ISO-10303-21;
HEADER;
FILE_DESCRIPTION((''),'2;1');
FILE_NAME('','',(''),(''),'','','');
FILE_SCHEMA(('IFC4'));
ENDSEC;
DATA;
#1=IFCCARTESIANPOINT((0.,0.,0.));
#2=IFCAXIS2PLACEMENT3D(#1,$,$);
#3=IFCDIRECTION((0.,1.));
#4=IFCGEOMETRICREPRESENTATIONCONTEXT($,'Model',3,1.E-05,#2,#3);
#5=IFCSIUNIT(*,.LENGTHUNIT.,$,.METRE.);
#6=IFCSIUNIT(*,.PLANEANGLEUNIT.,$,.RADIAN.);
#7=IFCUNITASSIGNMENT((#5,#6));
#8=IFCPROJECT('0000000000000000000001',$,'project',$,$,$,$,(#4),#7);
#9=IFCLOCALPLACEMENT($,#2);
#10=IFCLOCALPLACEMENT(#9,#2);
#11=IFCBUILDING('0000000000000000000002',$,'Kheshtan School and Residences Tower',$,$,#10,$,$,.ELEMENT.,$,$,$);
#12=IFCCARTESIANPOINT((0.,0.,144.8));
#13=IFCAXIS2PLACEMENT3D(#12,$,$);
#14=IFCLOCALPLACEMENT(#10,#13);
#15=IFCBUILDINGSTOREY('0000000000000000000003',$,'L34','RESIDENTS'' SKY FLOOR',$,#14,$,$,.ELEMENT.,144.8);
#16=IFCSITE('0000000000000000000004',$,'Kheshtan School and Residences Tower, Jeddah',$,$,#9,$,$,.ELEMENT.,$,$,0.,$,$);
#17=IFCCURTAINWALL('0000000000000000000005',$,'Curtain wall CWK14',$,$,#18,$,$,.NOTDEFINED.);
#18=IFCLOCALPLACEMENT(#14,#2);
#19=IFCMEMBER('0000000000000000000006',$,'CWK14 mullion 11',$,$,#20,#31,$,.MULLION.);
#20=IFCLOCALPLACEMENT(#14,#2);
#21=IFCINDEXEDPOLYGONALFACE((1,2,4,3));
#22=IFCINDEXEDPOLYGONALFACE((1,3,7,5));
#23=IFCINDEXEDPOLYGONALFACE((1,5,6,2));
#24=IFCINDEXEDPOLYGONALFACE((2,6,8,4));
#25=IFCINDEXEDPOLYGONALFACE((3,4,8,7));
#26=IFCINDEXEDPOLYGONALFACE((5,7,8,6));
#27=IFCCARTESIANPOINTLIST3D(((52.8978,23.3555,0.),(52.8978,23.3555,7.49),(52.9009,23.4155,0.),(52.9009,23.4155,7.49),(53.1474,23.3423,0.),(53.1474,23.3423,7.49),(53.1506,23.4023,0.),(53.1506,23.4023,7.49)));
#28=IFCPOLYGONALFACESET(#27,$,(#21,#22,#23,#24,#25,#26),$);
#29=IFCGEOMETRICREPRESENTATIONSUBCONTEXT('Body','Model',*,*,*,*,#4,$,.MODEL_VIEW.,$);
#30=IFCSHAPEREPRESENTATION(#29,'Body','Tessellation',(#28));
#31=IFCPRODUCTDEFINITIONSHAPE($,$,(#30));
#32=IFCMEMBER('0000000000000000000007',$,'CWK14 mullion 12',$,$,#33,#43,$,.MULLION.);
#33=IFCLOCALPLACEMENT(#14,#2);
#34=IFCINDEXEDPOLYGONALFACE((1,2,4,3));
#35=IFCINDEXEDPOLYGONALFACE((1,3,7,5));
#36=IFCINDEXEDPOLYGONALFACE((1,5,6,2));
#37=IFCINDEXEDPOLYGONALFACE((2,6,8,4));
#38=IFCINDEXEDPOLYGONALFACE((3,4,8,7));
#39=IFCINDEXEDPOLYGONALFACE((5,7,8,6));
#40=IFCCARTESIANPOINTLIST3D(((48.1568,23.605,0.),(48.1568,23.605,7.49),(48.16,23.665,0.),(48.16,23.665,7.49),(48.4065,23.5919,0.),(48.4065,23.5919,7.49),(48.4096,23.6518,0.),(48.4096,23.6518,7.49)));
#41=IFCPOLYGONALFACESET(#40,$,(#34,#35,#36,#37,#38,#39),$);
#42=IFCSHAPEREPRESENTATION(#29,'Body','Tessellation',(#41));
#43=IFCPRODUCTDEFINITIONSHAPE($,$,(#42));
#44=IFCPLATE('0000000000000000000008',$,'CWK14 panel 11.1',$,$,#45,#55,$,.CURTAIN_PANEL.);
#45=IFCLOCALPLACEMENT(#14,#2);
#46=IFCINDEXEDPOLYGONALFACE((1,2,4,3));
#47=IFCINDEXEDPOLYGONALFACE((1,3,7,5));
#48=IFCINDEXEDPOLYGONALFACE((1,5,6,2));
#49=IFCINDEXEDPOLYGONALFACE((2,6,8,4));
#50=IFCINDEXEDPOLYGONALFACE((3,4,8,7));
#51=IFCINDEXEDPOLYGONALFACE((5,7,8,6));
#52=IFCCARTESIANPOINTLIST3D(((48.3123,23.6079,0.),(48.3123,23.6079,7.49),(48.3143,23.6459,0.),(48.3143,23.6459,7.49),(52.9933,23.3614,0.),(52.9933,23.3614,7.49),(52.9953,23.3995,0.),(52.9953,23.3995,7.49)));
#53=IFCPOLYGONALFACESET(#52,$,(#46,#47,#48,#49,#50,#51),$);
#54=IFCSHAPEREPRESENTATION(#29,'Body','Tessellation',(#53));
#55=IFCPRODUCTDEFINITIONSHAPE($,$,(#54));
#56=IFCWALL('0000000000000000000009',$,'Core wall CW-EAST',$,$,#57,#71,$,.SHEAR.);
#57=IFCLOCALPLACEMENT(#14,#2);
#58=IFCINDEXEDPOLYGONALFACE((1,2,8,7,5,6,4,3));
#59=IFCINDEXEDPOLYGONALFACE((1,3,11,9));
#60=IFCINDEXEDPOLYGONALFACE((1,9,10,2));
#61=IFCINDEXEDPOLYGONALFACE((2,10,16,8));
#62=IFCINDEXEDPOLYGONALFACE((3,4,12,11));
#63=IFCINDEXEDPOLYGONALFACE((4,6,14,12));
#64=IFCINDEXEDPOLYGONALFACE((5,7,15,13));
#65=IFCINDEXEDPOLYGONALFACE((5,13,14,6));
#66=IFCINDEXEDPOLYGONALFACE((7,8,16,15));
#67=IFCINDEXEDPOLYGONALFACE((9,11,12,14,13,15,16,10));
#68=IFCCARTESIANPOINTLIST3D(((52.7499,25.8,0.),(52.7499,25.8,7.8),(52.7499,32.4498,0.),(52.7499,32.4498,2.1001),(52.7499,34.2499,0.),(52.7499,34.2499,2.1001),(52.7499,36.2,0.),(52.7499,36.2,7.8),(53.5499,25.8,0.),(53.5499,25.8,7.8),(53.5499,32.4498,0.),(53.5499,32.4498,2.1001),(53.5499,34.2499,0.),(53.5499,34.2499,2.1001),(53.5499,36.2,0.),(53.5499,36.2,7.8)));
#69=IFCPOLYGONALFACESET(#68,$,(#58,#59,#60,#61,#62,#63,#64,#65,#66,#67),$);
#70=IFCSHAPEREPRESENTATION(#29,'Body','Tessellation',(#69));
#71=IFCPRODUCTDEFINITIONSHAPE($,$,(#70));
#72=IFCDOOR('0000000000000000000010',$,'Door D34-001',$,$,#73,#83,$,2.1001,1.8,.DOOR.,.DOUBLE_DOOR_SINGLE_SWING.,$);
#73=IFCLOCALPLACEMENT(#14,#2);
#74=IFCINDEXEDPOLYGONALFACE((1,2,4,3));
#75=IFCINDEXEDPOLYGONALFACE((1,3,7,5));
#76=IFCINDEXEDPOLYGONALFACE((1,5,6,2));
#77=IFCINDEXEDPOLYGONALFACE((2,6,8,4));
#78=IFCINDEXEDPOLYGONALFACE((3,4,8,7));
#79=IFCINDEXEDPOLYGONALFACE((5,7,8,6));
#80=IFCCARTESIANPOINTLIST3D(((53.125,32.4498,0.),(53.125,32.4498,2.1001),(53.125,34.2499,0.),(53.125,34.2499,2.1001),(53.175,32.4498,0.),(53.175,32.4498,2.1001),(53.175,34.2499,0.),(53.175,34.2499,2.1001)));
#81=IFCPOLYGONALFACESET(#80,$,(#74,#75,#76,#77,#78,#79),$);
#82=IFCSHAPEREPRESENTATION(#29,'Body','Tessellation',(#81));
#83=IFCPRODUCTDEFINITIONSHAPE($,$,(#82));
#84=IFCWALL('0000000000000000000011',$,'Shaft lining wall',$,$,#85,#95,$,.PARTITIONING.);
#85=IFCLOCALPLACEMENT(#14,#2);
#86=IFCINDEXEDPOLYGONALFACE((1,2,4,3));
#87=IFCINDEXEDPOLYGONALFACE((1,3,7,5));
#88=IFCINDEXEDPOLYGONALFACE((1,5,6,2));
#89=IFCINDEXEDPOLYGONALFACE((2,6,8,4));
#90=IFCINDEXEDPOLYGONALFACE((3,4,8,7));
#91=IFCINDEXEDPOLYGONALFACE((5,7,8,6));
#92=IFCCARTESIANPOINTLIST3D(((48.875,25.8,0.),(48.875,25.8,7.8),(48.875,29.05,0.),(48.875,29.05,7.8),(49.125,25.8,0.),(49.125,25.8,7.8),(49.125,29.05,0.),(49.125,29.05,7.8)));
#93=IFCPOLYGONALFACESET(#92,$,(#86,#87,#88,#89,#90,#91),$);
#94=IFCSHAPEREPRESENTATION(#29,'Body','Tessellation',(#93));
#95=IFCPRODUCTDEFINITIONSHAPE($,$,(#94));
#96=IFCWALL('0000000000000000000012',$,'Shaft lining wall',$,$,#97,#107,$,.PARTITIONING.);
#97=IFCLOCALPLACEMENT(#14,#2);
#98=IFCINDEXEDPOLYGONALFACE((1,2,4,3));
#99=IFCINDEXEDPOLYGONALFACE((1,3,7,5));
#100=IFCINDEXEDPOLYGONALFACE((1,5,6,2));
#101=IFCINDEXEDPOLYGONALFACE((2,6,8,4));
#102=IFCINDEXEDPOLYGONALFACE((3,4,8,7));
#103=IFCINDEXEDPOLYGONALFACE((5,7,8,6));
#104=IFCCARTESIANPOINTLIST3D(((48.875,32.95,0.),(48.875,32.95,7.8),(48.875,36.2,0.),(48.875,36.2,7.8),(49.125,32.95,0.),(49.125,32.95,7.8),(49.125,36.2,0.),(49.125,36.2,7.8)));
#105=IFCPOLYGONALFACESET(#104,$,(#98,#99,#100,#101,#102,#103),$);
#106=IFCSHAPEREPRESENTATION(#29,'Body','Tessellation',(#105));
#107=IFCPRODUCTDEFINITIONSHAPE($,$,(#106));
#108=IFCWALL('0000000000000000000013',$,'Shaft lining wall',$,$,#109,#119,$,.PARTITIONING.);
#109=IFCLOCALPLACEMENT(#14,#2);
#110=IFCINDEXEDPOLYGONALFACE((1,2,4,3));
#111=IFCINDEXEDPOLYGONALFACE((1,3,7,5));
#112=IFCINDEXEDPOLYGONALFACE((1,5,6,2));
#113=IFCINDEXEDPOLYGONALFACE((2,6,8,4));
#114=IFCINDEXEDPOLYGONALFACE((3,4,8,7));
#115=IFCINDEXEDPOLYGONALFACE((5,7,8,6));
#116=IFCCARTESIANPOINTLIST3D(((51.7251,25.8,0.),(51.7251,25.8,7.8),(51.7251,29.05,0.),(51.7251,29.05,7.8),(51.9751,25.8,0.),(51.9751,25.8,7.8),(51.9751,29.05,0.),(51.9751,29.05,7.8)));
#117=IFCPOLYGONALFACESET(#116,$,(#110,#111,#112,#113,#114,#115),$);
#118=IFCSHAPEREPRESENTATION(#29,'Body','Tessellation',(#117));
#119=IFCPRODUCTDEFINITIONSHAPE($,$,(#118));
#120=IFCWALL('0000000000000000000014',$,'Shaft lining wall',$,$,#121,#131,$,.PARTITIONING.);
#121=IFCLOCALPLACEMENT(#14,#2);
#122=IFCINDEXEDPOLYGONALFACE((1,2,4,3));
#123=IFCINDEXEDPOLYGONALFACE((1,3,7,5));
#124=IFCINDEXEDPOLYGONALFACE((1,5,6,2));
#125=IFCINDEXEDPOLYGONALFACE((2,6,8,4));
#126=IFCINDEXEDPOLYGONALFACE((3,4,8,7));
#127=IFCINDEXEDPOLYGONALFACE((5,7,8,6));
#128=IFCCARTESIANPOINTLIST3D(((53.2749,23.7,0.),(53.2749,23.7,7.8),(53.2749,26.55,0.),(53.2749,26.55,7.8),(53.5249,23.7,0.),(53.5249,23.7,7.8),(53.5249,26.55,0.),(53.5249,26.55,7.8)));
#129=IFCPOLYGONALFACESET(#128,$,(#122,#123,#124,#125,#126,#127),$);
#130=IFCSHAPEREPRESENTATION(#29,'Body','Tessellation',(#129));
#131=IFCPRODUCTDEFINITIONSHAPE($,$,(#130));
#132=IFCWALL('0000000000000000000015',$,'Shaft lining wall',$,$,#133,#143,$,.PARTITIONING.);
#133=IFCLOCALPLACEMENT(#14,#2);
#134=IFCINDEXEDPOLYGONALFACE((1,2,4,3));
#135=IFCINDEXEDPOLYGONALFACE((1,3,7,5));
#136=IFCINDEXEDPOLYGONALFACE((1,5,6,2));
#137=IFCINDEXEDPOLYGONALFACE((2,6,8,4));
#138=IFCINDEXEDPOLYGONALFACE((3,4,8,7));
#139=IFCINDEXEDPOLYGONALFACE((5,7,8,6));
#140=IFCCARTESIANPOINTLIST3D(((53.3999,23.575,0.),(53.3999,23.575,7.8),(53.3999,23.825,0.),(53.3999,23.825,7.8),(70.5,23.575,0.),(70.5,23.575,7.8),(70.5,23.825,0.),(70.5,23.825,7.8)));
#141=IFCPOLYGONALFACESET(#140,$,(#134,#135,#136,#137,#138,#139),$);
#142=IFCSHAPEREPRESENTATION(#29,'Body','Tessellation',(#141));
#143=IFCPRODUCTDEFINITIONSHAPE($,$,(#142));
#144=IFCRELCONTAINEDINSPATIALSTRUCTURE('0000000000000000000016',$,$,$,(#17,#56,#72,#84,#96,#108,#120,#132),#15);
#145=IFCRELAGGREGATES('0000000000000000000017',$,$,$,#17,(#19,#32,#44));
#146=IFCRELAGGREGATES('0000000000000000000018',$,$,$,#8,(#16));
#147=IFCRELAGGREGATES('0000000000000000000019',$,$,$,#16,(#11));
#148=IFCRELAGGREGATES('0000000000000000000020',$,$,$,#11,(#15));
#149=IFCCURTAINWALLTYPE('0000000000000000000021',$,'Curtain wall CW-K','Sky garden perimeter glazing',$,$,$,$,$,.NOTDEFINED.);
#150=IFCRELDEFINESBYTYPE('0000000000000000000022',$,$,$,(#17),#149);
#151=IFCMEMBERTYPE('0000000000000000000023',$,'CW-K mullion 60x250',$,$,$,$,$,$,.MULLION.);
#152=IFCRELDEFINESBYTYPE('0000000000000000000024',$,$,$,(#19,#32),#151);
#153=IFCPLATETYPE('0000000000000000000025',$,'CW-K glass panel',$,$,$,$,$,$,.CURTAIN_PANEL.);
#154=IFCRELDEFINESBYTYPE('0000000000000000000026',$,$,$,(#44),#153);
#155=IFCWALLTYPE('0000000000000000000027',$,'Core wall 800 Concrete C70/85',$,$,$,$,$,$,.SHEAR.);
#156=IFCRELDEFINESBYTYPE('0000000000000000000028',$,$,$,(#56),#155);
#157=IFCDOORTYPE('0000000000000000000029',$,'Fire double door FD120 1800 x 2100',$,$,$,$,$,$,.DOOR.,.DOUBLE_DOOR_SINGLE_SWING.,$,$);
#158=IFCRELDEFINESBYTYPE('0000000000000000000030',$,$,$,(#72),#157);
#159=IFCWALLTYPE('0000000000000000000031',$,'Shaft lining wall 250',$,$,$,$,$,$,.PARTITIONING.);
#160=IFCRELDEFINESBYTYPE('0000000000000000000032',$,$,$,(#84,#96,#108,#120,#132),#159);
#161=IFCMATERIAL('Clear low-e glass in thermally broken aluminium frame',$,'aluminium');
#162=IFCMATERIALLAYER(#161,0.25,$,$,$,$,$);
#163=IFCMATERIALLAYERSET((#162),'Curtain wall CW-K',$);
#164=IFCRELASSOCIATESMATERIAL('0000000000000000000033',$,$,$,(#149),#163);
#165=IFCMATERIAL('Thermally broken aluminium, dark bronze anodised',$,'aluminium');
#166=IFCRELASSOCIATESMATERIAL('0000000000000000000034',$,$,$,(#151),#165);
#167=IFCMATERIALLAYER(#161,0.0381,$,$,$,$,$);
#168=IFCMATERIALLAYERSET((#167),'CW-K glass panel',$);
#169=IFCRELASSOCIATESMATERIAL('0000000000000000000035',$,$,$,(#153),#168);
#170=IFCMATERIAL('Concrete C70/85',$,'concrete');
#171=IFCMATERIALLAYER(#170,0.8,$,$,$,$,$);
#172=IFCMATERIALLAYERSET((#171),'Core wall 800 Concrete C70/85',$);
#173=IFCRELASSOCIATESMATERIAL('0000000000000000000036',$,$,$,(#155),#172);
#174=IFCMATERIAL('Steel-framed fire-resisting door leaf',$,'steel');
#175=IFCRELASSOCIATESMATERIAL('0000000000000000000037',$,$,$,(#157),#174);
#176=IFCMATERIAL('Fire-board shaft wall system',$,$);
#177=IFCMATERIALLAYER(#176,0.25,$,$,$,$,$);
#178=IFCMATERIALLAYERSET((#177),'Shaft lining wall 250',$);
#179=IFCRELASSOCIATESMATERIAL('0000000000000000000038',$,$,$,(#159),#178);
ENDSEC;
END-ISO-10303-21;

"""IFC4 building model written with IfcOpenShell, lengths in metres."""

from ifc_helpers import new_model, si_unit, direction, frame, frame_2d, origin, origin_2d, place, context, subcontext, project, spatial, rectangle, extrude, source, transform, mapped, material, layer, layer_set, material_profile, profile_set, type_object, element, fill, aggregate, save


model = new_model("IFC4")

# Units and contexts
model_context = context("Model", 3, precision=1e-05, world=origin(), true_north=direction((0.0, 1.0)))
body_context = subcontext(model_context, "Body", "Model", "MODEL_VIEW")
ifc_project = project(units=[si_unit("LENGTHUNIT", "METRE"), si_unit("PLANEANGLEUNIT", "RADIAN")], contexts=[model_context])

# Site, building, storey
site_placement = place(None, origin())
site = spatial("IfcSite", under=ifc_project, at=site_placement, Name="Kheshtan School and Residences Tower, Jeddah", CompositionType="ELEMENT", RefElevation=0.0)
building_placement = place(site_placement, origin())
building = spatial("IfcBuilding", under=site, at=building_placement, Name="Kheshtan School and Residences Tower", CompositionType="ELEMENT")
storey_placement = place(building_placement, frame((0.0, 0.0, 144.8)))
storey = spatial("IfcBuildingStorey", under=building, at=storey_placement, Name="L34", Description="RESIDENTS' SKY FLOOR", CompositionType="ELEMENT", Elevation=144.8)

# Curtain wall, members, plate
ifc_material_1 = material(Name="Clear low-e glass in thermally broken aluminium frame", Category="aluminium")
ifc_layer_1 = layer(ifc_material_1, 0.25)
ifc_layer_set_1 = layer_set([ifc_layer_1], Name="Curtain wall CW-K")
curtain_wall_type = type_object("IfcCurtainWallType", Name="Curtain wall CW-K", Description="Sky garden perimeter glazing", PredefinedType="NOTDEFINED", material=ifc_layer_set_1)
curtain_wall_placement = place(storey_placement, origin())
curtain_wall = element("IfcCurtainWall", 1, at=curtain_wall_placement, inside=storey, type_object=curtain_wall_type, Name="Curtain wall CWK14", PredefinedType="NOTDEFINED")
ifc_material_2 = material(Name="Thermally broken aluminium, dark bronze anodised", Category="aluminium")
ifc_material_profile_1 = material_profile(ifc_material_2, rectangle(XDim=0.0601, YDim=0.25, at=origin_2d()), Name="CW-K mullion 60x250")
ifc_profile_set_1 = profile_set([ifc_material_profile_1], Name="Thermally broken aluminium, dark bronze anodised")
member_type = type_object("IfcMemberType", Name="CW-K mullion 60x250", PredefinedType="MULLION", material=ifc_profile_set_1)
member_1_placement = place(storey_placement, frame((53.0242, 23.3789, 0.0), z_axis=(0.0, 0.0, 1.0), x_axis=(-0.05257, -0.998617, 0.0)))
member_1 = element("IfcMember", 2, at=member_1_placement, type_object=member_type, Name="CWK14 mullion 11", PredefinedType="MULLION", context=body_context, shape_type="SweptSolid", body=[
    extrude(rectangle(XDim=0.0601, YDim=0.25, at=origin_2d()), origin(), (0.0, 0.0, 1.0), 7.49),
])
member_2_placement = place(storey_placement, frame((48.2832, 23.6284, 0.0), z_axis=(0.0, 0.0, 1.0), x_axis=(-0.05257, -0.998617, 0.0)))
member_2 = element("IfcMember", 3, at=member_2_placement, type_object=member_type, Name="CWK14 mullion 12", PredefinedType="MULLION", context=body_context, shape_type="SweptSolid", body=[
    extrude(rectangle(XDim=0.0601, YDim=0.25, at=origin_2d()), origin(), (0.0, 0.0, 1.0), 7.49),
])
ifc_layer_2 = layer(ifc_material_1, 0.0381)
ifc_layer_set_2 = layer_set([ifc_layer_2], Name="CW-K glass panel")
plate_type = type_object("IfcPlateType", Name="CW-K glass panel", PredefinedType="CURTAIN_PANEL", material=ifc_layer_set_2)
plate_placement = place(storey_placement, frame((50.6538, 23.5037, 0.0), z_axis=(0.0, 0.0, 1.0), x_axis=(-0.998617, 0.05257, 0.0)))
plate = element("IfcPlate", 4, at=plate_placement, type_object=plate_type, Name="CWK14 panel 11.1", PredefinedType="CURTAIN_PANEL", context=body_context, shape_type="SweptSolid", body=[
    extrude(rectangle(XDim=4.6875, YDim=0.0381, at=origin_2d()), origin(), (0.0, 0.0, 1.0), 7.49),
])
aggregate(curtain_wall, [member_1, member_2, plate])

# Wall, opening, door
ifc_material_3 = material(Name="Concrete C70/85", Category="concrete")
ifc_layer_3 = layer(ifc_material_3, 0.8)
ifc_layer_set_3 = layer_set([ifc_layer_3], Name="Core wall 800 Concrete C70/85")
wall_type_1 = type_object("IfcWallType", Name="Core wall 800 Concrete C70/85", PredefinedType="SHEAR", material=ifc_layer_set_3)
wall_1_placement = place(storey_placement, frame((53.1499, 25.8, 0.0), z_axis=(0.0, 0.0, 1.0), x_axis=(0.0, 1.0, 0.0)))
wall_1 = element("IfcWall", 5, at=wall_1_placement, inside=storey, type_object=wall_type_1, Name="Core wall CW-EAST", PredefinedType="SHEAR", context=body_context, shape_type="SweptSolid", body=[
    extrude(rectangle(XDim=10.3999, YDim=0.8, at=frame_2d((5.2, 0.0))), origin(), (0.0, 0.0, 1.0), 7.8),
])
opening_placement = place(wall_1_placement, frame((6.6499, 0.0, 0.0)))
opening = element("IfcOpeningElement", 6, at=opening_placement, cuts=wall_1, PredefinedType="OPENING", context=body_context, shape_type="SweptSolid", body=[
    extrude(rectangle(XDim=1.8, YDim=2.1001, at=frame_2d((0.8999, 1.05))), frame((0.0, 0.4102, 0.0), z_axis=(0.0, -1.0, 0.0), x_axis=(1.0, 0.0, 0.0)), (0.0, 0.0, 1.0), 0.8201),
])
ifc_material_4 = material(Name="Steel-framed fire-resisting door leaf", Category="steel")
door_type = type_object("IfcDoorType", Name="Fire double door FD120 1800 x 2100", OperationType="DOUBLE_DOOR_SINGLE_SWING", PredefinedType="DOOR", material=ifc_material_4)
shared_shape = source(origin(), body_context, "Body", "SweptSolid", [
    extrude(rectangle(XDim=1.8, YDim=2.1001, at=frame_2d((0.8999, 1.05))), frame((0.0, 0.0249, 0.0), z_axis=(0.0, -1.0, 0.0), x_axis=(1.0, 0.0, 0.0)), (0.0, 0.0, 1.0), 0.05),
])
door_placement = place(opening_placement, origin())
door = element("IfcDoor", 7, at=door_placement, inside=storey, type_object=door_type, Name="Door D34-001", OperationType="DOUBLE_DOOR_SINGLE_SWING", OverallHeight=2.1001, OverallWidth=1.8, PredefinedType="DOOR", context=body_context, shape_type="MappedRepresentation", body=[
    mapped(shared_shape, transform((0.0, 0.0, 0.0), x_axis=(1.0, 0.0, 0.0), y_axis=(0.0, 1.0, 0.0), z_axis=(0.0, 0.0, 1.0), scale=1.0)),
])
fill(opening, door)

# Walls
ifc_material_5 = material(Name="Fire-board shaft wall system")
ifc_layer_4 = layer(ifc_material_5, 0.25)
ifc_layer_set_4 = layer_set([ifc_layer_4], Name="Shaft lining wall 250")
wall_type_2 = type_object("IfcWallType", Name="Shaft lining wall 250", PredefinedType="PARTITIONING", material=ifc_layer_set_4)
for number, where, z_axis, x_axis, name in (
    (8, (49.0, 25.8, 0.0), (0.0, 0.0, 1.0), (0.0, 1.0, 0.0), "Shaft lining wall"),
    (9, (49.0, 32.95, 0.0), (0.0, 0.0, 1.0), (0.0, 1.0, 0.0), "Shaft lining wall"),
    (10, (51.8501, 25.8, 0.0), (0.0, 0.0, 1.0), (0.0, 1.0, 0.0), "Shaft lining wall"),
):
    element("IfcWall", number, at=place(storey_placement, frame(where, z_axis=z_axis, x_axis=x_axis)), inside=storey, type_object=wall_type_2, Name=name, PredefinedType="PARTITIONING", context=body_context, shape_type="SweptSolid", body=[
        extrude(rectangle(XDim=3.25, YDim=0.25, at=frame_2d((1.625, 0.0))), origin(), (0.0, 0.0, 1.0), 7.8),
    ])
wall_2_placement = place(storey_placement, frame((53.3999, 23.7, 0.0), z_axis=(0.0, 0.0, 1.0), x_axis=(0.0, 1.0, 0.0)))
element("IfcWall", 11, at=wall_2_placement, inside=storey, type_object=wall_type_2, Name="Shaft lining wall", PredefinedType="PARTITIONING", context=body_context, shape_type="SweptSolid", body=[
    extrude(rectangle(XDim=2.8501, YDim=0.25, at=frame_2d((1.425, 0.0))), origin(), (0.0, 0.0, 1.0), 7.8),
])
wall_3_placement = place(storey_placement, frame((53.3999, 23.7, 0.0), z_axis=(0.0, 0.0, 1.0), x_axis=(1.0, 0.0, 0.0)))
element("IfcWall", 12, at=wall_3_placement, inside=storey, type_object=wall_type_2, Name="Shaft lining wall", PredefinedType="PARTITIONING", context=body_context, shape_type="SweptSolid", body=[
    extrude(rectangle(XDim=17.1001, YDim=0.25, at=frame_2d((8.55, 0.0))), origin(), (0.0, 0.0, 1.0), 7.8),
])

save(model, "model.ifc")
